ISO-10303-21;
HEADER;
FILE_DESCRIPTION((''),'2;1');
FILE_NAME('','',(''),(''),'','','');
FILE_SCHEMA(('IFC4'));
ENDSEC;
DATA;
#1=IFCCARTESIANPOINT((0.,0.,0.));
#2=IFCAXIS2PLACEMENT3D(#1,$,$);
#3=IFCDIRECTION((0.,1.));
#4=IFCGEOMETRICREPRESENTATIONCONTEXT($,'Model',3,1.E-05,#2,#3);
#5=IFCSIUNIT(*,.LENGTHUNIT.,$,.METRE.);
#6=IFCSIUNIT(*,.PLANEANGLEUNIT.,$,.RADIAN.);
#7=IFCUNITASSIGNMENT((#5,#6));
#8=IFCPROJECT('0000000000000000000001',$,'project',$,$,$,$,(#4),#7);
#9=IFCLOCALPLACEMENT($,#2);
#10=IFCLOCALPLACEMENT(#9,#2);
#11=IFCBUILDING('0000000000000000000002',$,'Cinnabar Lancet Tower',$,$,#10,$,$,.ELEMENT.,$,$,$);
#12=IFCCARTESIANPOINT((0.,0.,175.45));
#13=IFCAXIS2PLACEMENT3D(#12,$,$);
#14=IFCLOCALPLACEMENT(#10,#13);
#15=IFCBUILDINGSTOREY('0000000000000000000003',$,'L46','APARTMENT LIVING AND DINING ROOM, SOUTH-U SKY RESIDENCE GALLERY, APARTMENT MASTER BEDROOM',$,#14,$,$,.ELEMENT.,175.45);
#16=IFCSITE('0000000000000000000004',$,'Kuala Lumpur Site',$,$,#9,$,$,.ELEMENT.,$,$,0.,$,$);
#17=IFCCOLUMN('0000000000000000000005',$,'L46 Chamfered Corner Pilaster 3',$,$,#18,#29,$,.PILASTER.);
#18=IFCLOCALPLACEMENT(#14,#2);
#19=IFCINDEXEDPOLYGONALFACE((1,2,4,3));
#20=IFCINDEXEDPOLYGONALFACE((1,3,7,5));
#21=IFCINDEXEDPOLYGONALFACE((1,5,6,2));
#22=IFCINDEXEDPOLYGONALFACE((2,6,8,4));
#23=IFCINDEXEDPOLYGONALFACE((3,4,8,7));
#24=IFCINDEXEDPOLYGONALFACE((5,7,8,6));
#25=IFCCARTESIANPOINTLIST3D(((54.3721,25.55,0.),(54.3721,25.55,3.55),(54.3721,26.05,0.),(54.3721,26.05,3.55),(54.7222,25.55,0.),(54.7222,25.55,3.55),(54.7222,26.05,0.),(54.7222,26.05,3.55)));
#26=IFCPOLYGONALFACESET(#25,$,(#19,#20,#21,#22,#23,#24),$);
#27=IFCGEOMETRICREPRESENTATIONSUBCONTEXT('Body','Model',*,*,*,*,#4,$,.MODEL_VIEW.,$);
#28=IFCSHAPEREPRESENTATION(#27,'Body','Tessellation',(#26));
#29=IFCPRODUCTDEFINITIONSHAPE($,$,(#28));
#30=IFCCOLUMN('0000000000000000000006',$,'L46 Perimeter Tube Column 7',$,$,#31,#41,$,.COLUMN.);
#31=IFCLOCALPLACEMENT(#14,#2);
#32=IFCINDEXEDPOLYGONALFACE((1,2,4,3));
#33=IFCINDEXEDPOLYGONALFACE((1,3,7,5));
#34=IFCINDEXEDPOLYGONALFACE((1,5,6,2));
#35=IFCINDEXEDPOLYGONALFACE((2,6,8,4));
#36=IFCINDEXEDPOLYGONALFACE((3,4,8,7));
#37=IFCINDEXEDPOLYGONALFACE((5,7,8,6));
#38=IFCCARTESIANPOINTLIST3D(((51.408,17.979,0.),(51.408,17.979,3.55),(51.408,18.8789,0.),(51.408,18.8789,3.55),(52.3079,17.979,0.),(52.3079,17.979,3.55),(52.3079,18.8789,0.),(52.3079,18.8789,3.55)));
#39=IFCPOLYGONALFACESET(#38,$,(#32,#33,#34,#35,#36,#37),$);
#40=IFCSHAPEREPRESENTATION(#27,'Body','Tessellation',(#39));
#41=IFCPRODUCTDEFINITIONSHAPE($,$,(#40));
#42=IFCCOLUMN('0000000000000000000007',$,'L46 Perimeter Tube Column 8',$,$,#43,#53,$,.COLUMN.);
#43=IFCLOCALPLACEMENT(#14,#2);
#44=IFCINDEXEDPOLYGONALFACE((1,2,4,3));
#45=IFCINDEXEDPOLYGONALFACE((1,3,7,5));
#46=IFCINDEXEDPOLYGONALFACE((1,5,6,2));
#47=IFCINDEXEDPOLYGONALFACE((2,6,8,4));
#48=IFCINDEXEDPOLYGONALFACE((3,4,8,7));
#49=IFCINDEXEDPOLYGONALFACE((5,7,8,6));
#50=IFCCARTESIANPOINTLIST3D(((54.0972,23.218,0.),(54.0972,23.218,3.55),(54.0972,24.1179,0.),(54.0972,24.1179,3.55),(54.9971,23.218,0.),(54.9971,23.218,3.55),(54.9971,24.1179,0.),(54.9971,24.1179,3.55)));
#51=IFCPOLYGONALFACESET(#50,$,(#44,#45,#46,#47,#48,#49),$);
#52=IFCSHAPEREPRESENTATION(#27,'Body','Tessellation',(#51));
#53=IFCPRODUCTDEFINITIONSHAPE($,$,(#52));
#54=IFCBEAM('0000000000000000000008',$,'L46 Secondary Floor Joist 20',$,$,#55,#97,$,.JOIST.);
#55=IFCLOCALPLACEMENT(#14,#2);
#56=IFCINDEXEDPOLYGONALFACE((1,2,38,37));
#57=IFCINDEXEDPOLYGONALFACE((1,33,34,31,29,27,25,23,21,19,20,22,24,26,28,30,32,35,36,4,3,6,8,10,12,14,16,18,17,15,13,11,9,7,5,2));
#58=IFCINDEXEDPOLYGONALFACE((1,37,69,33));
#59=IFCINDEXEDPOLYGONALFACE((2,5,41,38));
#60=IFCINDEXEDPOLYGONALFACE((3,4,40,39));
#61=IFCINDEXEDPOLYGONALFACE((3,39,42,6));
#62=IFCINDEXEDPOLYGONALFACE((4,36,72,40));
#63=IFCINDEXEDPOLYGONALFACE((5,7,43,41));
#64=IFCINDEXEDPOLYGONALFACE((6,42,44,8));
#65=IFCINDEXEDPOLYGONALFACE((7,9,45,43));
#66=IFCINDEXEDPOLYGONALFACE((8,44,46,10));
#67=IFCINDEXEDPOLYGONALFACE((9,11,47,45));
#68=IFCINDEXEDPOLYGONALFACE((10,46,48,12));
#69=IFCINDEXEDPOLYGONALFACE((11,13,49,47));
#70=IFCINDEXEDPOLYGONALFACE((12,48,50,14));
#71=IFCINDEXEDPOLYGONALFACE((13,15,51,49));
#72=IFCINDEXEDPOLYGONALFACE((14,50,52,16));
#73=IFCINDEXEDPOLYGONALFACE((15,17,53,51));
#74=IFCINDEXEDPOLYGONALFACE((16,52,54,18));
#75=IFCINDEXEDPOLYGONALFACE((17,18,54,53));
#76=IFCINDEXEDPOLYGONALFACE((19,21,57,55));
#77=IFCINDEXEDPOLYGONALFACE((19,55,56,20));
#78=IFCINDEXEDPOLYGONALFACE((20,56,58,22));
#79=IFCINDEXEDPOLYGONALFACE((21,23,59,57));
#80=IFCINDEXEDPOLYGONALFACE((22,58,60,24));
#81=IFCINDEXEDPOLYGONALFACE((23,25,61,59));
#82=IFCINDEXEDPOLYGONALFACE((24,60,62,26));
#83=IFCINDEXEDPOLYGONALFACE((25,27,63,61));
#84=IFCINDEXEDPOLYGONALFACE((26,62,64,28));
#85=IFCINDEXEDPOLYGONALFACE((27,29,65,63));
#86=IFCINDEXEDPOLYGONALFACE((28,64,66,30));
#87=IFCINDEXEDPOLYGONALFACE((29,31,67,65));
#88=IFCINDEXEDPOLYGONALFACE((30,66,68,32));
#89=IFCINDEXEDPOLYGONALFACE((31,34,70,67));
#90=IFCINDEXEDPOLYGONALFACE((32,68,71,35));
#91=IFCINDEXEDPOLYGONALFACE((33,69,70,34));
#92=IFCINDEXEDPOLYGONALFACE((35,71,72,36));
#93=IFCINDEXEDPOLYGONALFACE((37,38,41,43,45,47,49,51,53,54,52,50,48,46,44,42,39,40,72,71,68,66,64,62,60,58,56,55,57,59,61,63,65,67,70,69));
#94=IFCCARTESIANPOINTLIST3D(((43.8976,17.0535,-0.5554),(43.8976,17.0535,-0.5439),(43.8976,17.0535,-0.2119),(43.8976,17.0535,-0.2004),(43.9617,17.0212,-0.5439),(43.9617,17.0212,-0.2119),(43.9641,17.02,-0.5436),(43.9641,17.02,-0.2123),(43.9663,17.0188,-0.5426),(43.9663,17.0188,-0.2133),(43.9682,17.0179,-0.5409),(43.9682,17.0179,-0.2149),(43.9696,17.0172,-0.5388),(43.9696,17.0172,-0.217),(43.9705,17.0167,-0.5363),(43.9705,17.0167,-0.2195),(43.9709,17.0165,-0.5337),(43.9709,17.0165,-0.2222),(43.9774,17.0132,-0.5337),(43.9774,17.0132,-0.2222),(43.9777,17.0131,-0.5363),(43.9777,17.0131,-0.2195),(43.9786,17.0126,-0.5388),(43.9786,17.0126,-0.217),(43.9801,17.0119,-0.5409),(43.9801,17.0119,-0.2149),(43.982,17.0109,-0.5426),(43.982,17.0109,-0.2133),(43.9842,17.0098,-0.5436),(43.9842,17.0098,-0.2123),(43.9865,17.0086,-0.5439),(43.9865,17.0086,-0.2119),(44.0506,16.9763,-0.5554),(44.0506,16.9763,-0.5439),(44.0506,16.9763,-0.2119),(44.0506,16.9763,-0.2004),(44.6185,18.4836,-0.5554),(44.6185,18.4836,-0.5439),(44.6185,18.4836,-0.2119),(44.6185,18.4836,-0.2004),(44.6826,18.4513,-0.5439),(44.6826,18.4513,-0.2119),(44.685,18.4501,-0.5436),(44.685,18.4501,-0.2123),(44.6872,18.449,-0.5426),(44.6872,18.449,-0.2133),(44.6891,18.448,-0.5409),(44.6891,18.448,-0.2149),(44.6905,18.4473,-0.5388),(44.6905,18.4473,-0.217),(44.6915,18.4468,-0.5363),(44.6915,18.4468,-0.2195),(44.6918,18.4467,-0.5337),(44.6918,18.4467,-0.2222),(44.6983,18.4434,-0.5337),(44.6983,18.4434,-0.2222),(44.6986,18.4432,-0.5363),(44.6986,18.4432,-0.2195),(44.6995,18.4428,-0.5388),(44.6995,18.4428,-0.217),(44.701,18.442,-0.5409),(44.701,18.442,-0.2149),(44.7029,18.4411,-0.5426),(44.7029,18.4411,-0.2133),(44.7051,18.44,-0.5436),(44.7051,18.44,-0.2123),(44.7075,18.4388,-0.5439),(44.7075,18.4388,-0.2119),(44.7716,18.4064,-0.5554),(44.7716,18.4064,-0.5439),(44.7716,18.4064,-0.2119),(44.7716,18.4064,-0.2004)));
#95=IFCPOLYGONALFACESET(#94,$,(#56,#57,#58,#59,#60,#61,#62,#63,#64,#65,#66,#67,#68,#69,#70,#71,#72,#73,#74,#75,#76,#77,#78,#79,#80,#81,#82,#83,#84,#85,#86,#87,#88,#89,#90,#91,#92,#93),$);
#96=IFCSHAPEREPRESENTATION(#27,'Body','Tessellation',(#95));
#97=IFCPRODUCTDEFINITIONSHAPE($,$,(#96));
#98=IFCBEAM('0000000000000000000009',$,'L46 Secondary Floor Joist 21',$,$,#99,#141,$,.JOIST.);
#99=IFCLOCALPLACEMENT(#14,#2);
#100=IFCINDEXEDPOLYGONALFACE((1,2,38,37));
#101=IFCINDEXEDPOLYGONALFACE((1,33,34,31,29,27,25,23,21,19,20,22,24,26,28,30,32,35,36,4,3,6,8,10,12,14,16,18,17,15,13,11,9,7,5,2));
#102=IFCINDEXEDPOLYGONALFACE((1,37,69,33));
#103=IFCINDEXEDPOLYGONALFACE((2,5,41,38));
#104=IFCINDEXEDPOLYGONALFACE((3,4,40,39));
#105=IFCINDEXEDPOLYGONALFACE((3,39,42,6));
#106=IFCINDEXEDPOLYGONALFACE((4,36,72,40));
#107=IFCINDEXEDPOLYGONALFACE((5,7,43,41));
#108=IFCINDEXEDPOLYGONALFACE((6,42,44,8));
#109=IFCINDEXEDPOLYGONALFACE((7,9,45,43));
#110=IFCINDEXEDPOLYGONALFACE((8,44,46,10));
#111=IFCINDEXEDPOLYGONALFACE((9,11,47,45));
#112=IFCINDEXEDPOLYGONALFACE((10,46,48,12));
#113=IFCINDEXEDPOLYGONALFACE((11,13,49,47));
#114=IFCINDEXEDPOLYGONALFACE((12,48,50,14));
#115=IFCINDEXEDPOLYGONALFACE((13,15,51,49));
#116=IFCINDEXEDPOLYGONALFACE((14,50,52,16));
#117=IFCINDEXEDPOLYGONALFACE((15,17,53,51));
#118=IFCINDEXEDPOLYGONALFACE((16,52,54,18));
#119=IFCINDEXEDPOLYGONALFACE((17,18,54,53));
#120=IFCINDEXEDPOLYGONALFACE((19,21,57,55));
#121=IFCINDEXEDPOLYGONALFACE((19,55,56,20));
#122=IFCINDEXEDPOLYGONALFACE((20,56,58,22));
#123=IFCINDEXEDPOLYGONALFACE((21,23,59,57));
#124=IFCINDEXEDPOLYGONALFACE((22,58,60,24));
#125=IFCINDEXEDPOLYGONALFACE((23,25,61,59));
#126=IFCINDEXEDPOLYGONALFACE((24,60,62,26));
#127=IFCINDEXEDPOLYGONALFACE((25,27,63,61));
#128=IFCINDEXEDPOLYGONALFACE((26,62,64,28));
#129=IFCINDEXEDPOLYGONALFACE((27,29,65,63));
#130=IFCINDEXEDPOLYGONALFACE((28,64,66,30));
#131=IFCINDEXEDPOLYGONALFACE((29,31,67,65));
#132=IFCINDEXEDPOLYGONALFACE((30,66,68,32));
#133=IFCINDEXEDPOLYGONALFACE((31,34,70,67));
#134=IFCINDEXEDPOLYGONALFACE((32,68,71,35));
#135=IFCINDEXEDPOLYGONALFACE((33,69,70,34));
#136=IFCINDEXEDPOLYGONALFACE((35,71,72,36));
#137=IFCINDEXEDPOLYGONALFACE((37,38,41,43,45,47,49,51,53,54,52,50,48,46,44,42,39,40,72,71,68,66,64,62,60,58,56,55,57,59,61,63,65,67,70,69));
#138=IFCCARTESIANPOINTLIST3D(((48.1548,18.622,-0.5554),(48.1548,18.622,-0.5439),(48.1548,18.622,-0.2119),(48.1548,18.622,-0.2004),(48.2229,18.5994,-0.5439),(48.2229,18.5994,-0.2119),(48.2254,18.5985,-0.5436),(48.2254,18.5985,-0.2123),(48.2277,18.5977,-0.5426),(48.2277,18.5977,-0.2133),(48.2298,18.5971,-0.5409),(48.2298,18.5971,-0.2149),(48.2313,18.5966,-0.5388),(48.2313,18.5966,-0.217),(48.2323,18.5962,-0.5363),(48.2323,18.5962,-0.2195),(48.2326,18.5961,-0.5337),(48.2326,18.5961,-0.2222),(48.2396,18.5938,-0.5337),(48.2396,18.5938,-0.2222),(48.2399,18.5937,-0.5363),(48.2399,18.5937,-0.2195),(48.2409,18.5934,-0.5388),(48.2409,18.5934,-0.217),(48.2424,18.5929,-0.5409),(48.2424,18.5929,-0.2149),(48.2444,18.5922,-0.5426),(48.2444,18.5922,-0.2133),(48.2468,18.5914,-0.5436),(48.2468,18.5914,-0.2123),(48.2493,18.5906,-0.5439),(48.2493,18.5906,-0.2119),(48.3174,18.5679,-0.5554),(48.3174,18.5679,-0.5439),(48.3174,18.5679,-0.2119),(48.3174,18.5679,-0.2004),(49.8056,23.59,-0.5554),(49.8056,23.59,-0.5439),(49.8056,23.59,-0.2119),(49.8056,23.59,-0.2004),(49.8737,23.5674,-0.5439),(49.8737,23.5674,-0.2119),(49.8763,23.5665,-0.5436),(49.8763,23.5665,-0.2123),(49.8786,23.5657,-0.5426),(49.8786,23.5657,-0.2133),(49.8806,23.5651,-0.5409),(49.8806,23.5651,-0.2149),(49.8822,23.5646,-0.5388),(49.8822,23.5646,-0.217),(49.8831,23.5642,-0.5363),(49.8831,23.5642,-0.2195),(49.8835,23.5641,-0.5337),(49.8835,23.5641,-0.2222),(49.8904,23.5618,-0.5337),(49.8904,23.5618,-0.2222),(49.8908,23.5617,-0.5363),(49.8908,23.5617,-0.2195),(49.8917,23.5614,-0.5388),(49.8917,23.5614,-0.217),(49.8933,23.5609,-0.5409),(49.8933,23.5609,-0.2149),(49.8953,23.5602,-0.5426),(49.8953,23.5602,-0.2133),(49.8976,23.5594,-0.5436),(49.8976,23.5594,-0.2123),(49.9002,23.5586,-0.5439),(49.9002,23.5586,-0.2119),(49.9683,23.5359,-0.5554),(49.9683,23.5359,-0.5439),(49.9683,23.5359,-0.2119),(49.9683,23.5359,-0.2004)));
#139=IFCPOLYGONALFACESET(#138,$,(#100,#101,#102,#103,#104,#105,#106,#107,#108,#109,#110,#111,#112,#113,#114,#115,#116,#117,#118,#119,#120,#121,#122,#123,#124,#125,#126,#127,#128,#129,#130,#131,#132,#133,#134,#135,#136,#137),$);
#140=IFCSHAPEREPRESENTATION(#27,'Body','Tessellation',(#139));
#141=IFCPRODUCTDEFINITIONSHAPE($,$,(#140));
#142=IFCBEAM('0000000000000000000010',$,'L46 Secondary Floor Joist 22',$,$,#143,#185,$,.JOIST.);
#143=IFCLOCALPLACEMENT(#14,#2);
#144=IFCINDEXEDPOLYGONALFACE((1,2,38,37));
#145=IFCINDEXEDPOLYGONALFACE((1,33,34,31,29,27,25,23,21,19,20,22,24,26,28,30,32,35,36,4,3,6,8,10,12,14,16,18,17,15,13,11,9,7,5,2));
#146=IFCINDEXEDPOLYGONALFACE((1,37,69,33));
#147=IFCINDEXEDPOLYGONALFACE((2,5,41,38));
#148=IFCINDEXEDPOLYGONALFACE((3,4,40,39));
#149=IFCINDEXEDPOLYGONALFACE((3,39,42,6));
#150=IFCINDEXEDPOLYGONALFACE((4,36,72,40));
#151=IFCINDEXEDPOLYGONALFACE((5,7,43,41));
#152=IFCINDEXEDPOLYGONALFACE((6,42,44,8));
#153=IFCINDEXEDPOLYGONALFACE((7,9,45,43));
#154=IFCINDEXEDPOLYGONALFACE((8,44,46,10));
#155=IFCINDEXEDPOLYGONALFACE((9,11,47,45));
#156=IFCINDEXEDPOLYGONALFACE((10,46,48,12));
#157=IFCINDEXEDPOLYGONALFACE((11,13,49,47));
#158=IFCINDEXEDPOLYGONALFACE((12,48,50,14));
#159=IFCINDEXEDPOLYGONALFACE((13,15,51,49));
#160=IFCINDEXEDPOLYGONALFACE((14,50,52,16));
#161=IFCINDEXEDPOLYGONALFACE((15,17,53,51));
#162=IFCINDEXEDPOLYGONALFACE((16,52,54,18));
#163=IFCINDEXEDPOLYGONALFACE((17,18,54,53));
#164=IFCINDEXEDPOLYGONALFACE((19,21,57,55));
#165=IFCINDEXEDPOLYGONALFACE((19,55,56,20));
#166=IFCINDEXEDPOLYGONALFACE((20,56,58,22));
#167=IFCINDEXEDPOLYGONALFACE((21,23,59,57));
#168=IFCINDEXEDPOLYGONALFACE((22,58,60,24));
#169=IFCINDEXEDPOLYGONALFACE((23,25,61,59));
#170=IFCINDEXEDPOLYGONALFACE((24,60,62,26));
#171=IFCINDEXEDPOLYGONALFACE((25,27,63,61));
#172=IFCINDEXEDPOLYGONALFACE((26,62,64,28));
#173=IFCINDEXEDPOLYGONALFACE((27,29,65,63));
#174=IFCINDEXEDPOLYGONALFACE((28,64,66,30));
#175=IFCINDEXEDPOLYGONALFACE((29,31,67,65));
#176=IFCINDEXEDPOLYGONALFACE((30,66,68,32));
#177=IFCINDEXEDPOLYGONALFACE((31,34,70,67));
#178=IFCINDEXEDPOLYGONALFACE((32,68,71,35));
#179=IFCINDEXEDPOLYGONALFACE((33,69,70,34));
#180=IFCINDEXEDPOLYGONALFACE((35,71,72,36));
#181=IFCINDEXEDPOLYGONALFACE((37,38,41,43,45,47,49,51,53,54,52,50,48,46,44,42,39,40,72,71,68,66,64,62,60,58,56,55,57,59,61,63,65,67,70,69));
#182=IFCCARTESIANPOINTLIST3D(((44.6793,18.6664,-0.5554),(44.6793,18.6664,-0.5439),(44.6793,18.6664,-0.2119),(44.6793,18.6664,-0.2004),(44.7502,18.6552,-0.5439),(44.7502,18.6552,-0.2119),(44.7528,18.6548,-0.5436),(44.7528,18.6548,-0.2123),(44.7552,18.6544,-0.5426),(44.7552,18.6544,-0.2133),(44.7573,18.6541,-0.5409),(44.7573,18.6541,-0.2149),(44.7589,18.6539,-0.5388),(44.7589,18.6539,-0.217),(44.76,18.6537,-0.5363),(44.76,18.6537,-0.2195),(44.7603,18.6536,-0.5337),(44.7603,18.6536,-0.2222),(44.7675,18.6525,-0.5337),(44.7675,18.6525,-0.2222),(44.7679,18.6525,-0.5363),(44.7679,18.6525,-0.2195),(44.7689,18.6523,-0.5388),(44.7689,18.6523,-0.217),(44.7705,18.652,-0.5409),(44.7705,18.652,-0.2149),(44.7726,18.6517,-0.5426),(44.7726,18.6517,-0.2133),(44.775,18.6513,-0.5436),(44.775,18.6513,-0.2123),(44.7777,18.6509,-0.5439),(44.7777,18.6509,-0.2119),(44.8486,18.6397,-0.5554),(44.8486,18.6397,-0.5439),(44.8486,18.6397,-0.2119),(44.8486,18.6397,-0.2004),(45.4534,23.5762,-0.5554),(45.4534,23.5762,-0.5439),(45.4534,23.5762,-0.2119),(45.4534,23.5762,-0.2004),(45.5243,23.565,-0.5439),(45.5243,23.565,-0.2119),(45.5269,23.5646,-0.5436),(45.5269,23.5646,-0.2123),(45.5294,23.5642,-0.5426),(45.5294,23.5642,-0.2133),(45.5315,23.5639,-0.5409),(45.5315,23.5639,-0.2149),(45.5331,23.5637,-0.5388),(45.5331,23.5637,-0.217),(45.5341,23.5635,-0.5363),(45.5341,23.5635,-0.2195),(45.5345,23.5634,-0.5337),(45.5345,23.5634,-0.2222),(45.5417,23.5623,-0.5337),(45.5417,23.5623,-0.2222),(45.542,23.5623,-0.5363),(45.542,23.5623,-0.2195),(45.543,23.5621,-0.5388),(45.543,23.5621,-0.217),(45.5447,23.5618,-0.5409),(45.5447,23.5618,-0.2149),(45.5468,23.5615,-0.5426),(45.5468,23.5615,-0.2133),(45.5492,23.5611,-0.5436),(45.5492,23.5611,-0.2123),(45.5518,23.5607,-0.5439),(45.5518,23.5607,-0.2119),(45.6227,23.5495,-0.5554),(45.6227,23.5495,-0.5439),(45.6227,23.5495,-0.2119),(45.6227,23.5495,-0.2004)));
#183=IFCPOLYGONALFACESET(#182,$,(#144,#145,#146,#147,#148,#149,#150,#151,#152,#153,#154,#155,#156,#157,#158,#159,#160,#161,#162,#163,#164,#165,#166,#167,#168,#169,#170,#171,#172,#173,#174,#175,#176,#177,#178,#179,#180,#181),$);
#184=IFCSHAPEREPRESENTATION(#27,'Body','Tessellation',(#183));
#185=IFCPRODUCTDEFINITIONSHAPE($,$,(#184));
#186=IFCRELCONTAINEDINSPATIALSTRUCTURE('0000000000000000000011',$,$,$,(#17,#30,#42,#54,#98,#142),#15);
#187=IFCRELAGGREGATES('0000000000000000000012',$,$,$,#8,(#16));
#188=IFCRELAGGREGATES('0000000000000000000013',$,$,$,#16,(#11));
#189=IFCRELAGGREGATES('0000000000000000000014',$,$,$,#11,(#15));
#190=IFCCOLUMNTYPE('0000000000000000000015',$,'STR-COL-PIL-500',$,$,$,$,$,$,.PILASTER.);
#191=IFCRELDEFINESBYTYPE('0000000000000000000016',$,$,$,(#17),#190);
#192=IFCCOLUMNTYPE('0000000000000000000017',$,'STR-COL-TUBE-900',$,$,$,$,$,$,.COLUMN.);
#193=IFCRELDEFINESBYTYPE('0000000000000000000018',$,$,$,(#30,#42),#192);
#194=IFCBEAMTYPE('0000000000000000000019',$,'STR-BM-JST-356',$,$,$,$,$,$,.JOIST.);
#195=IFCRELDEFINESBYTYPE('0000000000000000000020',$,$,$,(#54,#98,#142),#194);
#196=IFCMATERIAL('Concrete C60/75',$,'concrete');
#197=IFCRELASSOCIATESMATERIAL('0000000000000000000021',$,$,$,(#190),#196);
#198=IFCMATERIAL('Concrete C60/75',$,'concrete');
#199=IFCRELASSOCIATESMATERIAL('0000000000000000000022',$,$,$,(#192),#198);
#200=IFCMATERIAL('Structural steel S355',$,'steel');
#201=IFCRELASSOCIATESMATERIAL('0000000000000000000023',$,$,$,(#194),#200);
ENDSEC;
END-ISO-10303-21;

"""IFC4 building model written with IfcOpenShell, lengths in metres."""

from ifc_helpers import new_model, si_unit, direction, frame, origin, origin_2d, place, context, subcontext, project, spatial, rectangle, i_section, extrude, material, material_profile, profile_set, type_object, element, save


model = new_model("IFC4")

# Units and contexts
model_context = context("Model", 3, precision=1e-05, world=origin(), true_north=direction((0.0, 1.0)))
body_context = subcontext(model_context, "Body", "Model", "MODEL_VIEW")
ifc_project = project(units=[si_unit("LENGTHUNIT", "METRE"), si_unit("PLANEANGLEUNIT", "RADIAN")], contexts=[model_context])

# Site, building, storey
site_placement = place(None, origin())
site = spatial("IfcSite", under=ifc_project, at=site_placement, Name="Kuala Lumpur Site", CompositionType="ELEMENT", RefElevation=0.0)
building_placement = place(site_placement, origin())
building = spatial("IfcBuilding", under=site, at=building_placement, Name="Cinnabar Lancet Tower", CompositionType="ELEMENT")
storey_placement = place(building_placement, frame((0.0, 0.0, 175.45)))
storey = spatial("IfcBuildingStorey", under=building, at=storey_placement, Name="L46", Description="APARTMENT LIVING AND DINING ROOM, SOUTH-U SKY RESIDENCE GALLERY, APARTMENT MASTER BEDROOM", CompositionType="ELEMENT", Elevation=175.45)

# Columns
ifc_material_1 = material(Name="Concrete C60/75", Category="concrete")
ifc_material_profile_1 = material_profile(ifc_material_1, rectangle(XDim=0.5, YDim=0.3501, at=origin_2d()), Name="RC-PIL 500x350")
ifc_profile_set_1 = profile_set([ifc_material_profile_1], Name="Concrete C60/75")
column_type_1 = type_object("IfcColumnType", Name="STR-COL-PIL-500", PredefinedType="PILASTER", material=ifc_profile_set_1)
column_placement = place(storey_placement, frame((54.5471, 25.8, 0.0), z_axis=(0.0, 0.0, 1.0), x_axis=(0.0, 1.0, 0.0)))
element("IfcColumn", 1, at=column_placement, inside=storey, type_object=column_type_1, Name="L46 Chamfered Corner Pilaster 3", PredefinedType="PILASTER", context=body_context, shape_type="SweptSolid", body=[
    extrude(rectangle(XDim=0.5, YDim=0.3501, at=origin_2d()), origin(), (0.0, 0.0, 1.0), 3.55),
])
ifc_material_2 = material(Name="Concrete C60/75", Category="concrete")
ifc_material_profile_2 = material_profile(ifc_material_2, rectangle(XDim=0.8999, YDim=0.8999, at=origin_2d()), Name="RC-COL 900x900")
ifc_profile_set_2 = profile_set([ifc_material_profile_2], Name="Concrete C60/75")
column_type_2 = type_object("IfcColumnType", Name="STR-COL-TUBE-900", PredefinedType="COLUMN", material=ifc_profile_set_2)
for number, where, z_axis, x_axis, name in (
    (2, (51.8579, 18.429, 0.0), (0.0, 0.0, 1.0), (1.0, 0.0, 0.0), "L46 Perimeter Tube Column 7"),
    (3, (54.5471, 23.668, 0.0), (0.0, 0.0, 1.0), (1.0, 0.0, 0.0), "L46 Perimeter Tube Column 8"),
):
    element("IfcColumn", number, at=place(storey_placement, frame(where, z_axis=z_axis, x_axis=x_axis)), inside=storey, type_object=column_type_2, Name=name, PredefinedType="COLUMN", context=body_context, shape_type="SweptSolid", body=[
        extrude(rectangle(XDim=0.8999, YDim=0.8999, at=origin_2d()), origin(), (0.0, 0.0, 1.0), 3.55),
    ])

# Beams
ifc_material_3 = material(Name="Structural steel S355", Category="steel")
ifc_material_profile_3 = material_profile(ifc_material_3, i_section(OverallWidth=0.1714, OverallDepth=0.355, WebThickness=0.0073, FlangeThickness=0.0115, FilletRadius=0.0103, at=origin_2d()), Name="UKB 356x171x51")
ifc_profile_set_3 = profile_set([ifc_material_profile_3], Name="Structural steel S355")
beam_type_1 = type_object("IfcBeamType", Name="STR-BM-JST-356", PredefinedType="JOIST", material=ifc_profile_set_3)
beam_1_placement = place(storey_placement, frame((43.9741, 17.0149, -0.3779), z_axis=(0.450138, 0.892959, 0.0), x_axis=(-0.892959, 0.450138, 0.0)))
element("IfcBeam", 4, at=beam_1_placement, inside=storey, type_object=beam_type_1, Name="L46 Secondary Floor Joist 20", PredefinedType="JOIST", context=body_context, shape_type="SweptSolid", body=[
    extrude(i_section(OverallWidth=0.1714, OverallDepth=0.355, WebThickness=0.0073, FlangeThickness=0.0115, FilletRadius=0.0103, at=origin_2d()), origin(), (0.0, 0.0, 1.0), 1.6016),
])
beam_2_placement = place(storey_placement, frame((48.2361, 18.595, -0.3779), z_axis=(0.315346, 0.948977, 0.0), x_axis=(-0.948977, 0.315346, 0.0)))
element("IfcBeam", 5, at=beam_2_placement, inside=storey, type_object=beam_type_1, Name="L46 Secondary Floor Joist 21", PredefinedType="JOIST", context=body_context, shape_type="SweptSolid", body=[
    extrude(i_section(OverallWidth=0.1714, OverallDepth=0.355, WebThickness=0.0073, FlangeThickness=0.0115, FilletRadius=0.0103, at=origin_2d()), origin(), (0.0, 0.0, 1.0), 5.2351),
])
beam_3_placement = place(storey_placement, frame((44.7639, 18.6531, -0.3779), z_axis=(0.155751, 0.987796, 0.0), x_axis=(-0.987796, 0.155751, 0.0)))
element("IfcBeam", 6, at=beam_3_placement, inside=storey, type_object=beam_type_1, Name="L46 Secondary Floor Joist 22", PredefinedType="JOIST", context=body_context, shape_type="SweptSolid", body=[
    extrude(i_section(OverallWidth=0.1714, OverallDepth=0.355, WebThickness=0.0073, FlangeThickness=0.0115, FilletRadius=0.0103, at=origin_2d()), origin(), (0.0, 0.0, 1.0), 4.9705),
])

save(model, "model.ifc")
